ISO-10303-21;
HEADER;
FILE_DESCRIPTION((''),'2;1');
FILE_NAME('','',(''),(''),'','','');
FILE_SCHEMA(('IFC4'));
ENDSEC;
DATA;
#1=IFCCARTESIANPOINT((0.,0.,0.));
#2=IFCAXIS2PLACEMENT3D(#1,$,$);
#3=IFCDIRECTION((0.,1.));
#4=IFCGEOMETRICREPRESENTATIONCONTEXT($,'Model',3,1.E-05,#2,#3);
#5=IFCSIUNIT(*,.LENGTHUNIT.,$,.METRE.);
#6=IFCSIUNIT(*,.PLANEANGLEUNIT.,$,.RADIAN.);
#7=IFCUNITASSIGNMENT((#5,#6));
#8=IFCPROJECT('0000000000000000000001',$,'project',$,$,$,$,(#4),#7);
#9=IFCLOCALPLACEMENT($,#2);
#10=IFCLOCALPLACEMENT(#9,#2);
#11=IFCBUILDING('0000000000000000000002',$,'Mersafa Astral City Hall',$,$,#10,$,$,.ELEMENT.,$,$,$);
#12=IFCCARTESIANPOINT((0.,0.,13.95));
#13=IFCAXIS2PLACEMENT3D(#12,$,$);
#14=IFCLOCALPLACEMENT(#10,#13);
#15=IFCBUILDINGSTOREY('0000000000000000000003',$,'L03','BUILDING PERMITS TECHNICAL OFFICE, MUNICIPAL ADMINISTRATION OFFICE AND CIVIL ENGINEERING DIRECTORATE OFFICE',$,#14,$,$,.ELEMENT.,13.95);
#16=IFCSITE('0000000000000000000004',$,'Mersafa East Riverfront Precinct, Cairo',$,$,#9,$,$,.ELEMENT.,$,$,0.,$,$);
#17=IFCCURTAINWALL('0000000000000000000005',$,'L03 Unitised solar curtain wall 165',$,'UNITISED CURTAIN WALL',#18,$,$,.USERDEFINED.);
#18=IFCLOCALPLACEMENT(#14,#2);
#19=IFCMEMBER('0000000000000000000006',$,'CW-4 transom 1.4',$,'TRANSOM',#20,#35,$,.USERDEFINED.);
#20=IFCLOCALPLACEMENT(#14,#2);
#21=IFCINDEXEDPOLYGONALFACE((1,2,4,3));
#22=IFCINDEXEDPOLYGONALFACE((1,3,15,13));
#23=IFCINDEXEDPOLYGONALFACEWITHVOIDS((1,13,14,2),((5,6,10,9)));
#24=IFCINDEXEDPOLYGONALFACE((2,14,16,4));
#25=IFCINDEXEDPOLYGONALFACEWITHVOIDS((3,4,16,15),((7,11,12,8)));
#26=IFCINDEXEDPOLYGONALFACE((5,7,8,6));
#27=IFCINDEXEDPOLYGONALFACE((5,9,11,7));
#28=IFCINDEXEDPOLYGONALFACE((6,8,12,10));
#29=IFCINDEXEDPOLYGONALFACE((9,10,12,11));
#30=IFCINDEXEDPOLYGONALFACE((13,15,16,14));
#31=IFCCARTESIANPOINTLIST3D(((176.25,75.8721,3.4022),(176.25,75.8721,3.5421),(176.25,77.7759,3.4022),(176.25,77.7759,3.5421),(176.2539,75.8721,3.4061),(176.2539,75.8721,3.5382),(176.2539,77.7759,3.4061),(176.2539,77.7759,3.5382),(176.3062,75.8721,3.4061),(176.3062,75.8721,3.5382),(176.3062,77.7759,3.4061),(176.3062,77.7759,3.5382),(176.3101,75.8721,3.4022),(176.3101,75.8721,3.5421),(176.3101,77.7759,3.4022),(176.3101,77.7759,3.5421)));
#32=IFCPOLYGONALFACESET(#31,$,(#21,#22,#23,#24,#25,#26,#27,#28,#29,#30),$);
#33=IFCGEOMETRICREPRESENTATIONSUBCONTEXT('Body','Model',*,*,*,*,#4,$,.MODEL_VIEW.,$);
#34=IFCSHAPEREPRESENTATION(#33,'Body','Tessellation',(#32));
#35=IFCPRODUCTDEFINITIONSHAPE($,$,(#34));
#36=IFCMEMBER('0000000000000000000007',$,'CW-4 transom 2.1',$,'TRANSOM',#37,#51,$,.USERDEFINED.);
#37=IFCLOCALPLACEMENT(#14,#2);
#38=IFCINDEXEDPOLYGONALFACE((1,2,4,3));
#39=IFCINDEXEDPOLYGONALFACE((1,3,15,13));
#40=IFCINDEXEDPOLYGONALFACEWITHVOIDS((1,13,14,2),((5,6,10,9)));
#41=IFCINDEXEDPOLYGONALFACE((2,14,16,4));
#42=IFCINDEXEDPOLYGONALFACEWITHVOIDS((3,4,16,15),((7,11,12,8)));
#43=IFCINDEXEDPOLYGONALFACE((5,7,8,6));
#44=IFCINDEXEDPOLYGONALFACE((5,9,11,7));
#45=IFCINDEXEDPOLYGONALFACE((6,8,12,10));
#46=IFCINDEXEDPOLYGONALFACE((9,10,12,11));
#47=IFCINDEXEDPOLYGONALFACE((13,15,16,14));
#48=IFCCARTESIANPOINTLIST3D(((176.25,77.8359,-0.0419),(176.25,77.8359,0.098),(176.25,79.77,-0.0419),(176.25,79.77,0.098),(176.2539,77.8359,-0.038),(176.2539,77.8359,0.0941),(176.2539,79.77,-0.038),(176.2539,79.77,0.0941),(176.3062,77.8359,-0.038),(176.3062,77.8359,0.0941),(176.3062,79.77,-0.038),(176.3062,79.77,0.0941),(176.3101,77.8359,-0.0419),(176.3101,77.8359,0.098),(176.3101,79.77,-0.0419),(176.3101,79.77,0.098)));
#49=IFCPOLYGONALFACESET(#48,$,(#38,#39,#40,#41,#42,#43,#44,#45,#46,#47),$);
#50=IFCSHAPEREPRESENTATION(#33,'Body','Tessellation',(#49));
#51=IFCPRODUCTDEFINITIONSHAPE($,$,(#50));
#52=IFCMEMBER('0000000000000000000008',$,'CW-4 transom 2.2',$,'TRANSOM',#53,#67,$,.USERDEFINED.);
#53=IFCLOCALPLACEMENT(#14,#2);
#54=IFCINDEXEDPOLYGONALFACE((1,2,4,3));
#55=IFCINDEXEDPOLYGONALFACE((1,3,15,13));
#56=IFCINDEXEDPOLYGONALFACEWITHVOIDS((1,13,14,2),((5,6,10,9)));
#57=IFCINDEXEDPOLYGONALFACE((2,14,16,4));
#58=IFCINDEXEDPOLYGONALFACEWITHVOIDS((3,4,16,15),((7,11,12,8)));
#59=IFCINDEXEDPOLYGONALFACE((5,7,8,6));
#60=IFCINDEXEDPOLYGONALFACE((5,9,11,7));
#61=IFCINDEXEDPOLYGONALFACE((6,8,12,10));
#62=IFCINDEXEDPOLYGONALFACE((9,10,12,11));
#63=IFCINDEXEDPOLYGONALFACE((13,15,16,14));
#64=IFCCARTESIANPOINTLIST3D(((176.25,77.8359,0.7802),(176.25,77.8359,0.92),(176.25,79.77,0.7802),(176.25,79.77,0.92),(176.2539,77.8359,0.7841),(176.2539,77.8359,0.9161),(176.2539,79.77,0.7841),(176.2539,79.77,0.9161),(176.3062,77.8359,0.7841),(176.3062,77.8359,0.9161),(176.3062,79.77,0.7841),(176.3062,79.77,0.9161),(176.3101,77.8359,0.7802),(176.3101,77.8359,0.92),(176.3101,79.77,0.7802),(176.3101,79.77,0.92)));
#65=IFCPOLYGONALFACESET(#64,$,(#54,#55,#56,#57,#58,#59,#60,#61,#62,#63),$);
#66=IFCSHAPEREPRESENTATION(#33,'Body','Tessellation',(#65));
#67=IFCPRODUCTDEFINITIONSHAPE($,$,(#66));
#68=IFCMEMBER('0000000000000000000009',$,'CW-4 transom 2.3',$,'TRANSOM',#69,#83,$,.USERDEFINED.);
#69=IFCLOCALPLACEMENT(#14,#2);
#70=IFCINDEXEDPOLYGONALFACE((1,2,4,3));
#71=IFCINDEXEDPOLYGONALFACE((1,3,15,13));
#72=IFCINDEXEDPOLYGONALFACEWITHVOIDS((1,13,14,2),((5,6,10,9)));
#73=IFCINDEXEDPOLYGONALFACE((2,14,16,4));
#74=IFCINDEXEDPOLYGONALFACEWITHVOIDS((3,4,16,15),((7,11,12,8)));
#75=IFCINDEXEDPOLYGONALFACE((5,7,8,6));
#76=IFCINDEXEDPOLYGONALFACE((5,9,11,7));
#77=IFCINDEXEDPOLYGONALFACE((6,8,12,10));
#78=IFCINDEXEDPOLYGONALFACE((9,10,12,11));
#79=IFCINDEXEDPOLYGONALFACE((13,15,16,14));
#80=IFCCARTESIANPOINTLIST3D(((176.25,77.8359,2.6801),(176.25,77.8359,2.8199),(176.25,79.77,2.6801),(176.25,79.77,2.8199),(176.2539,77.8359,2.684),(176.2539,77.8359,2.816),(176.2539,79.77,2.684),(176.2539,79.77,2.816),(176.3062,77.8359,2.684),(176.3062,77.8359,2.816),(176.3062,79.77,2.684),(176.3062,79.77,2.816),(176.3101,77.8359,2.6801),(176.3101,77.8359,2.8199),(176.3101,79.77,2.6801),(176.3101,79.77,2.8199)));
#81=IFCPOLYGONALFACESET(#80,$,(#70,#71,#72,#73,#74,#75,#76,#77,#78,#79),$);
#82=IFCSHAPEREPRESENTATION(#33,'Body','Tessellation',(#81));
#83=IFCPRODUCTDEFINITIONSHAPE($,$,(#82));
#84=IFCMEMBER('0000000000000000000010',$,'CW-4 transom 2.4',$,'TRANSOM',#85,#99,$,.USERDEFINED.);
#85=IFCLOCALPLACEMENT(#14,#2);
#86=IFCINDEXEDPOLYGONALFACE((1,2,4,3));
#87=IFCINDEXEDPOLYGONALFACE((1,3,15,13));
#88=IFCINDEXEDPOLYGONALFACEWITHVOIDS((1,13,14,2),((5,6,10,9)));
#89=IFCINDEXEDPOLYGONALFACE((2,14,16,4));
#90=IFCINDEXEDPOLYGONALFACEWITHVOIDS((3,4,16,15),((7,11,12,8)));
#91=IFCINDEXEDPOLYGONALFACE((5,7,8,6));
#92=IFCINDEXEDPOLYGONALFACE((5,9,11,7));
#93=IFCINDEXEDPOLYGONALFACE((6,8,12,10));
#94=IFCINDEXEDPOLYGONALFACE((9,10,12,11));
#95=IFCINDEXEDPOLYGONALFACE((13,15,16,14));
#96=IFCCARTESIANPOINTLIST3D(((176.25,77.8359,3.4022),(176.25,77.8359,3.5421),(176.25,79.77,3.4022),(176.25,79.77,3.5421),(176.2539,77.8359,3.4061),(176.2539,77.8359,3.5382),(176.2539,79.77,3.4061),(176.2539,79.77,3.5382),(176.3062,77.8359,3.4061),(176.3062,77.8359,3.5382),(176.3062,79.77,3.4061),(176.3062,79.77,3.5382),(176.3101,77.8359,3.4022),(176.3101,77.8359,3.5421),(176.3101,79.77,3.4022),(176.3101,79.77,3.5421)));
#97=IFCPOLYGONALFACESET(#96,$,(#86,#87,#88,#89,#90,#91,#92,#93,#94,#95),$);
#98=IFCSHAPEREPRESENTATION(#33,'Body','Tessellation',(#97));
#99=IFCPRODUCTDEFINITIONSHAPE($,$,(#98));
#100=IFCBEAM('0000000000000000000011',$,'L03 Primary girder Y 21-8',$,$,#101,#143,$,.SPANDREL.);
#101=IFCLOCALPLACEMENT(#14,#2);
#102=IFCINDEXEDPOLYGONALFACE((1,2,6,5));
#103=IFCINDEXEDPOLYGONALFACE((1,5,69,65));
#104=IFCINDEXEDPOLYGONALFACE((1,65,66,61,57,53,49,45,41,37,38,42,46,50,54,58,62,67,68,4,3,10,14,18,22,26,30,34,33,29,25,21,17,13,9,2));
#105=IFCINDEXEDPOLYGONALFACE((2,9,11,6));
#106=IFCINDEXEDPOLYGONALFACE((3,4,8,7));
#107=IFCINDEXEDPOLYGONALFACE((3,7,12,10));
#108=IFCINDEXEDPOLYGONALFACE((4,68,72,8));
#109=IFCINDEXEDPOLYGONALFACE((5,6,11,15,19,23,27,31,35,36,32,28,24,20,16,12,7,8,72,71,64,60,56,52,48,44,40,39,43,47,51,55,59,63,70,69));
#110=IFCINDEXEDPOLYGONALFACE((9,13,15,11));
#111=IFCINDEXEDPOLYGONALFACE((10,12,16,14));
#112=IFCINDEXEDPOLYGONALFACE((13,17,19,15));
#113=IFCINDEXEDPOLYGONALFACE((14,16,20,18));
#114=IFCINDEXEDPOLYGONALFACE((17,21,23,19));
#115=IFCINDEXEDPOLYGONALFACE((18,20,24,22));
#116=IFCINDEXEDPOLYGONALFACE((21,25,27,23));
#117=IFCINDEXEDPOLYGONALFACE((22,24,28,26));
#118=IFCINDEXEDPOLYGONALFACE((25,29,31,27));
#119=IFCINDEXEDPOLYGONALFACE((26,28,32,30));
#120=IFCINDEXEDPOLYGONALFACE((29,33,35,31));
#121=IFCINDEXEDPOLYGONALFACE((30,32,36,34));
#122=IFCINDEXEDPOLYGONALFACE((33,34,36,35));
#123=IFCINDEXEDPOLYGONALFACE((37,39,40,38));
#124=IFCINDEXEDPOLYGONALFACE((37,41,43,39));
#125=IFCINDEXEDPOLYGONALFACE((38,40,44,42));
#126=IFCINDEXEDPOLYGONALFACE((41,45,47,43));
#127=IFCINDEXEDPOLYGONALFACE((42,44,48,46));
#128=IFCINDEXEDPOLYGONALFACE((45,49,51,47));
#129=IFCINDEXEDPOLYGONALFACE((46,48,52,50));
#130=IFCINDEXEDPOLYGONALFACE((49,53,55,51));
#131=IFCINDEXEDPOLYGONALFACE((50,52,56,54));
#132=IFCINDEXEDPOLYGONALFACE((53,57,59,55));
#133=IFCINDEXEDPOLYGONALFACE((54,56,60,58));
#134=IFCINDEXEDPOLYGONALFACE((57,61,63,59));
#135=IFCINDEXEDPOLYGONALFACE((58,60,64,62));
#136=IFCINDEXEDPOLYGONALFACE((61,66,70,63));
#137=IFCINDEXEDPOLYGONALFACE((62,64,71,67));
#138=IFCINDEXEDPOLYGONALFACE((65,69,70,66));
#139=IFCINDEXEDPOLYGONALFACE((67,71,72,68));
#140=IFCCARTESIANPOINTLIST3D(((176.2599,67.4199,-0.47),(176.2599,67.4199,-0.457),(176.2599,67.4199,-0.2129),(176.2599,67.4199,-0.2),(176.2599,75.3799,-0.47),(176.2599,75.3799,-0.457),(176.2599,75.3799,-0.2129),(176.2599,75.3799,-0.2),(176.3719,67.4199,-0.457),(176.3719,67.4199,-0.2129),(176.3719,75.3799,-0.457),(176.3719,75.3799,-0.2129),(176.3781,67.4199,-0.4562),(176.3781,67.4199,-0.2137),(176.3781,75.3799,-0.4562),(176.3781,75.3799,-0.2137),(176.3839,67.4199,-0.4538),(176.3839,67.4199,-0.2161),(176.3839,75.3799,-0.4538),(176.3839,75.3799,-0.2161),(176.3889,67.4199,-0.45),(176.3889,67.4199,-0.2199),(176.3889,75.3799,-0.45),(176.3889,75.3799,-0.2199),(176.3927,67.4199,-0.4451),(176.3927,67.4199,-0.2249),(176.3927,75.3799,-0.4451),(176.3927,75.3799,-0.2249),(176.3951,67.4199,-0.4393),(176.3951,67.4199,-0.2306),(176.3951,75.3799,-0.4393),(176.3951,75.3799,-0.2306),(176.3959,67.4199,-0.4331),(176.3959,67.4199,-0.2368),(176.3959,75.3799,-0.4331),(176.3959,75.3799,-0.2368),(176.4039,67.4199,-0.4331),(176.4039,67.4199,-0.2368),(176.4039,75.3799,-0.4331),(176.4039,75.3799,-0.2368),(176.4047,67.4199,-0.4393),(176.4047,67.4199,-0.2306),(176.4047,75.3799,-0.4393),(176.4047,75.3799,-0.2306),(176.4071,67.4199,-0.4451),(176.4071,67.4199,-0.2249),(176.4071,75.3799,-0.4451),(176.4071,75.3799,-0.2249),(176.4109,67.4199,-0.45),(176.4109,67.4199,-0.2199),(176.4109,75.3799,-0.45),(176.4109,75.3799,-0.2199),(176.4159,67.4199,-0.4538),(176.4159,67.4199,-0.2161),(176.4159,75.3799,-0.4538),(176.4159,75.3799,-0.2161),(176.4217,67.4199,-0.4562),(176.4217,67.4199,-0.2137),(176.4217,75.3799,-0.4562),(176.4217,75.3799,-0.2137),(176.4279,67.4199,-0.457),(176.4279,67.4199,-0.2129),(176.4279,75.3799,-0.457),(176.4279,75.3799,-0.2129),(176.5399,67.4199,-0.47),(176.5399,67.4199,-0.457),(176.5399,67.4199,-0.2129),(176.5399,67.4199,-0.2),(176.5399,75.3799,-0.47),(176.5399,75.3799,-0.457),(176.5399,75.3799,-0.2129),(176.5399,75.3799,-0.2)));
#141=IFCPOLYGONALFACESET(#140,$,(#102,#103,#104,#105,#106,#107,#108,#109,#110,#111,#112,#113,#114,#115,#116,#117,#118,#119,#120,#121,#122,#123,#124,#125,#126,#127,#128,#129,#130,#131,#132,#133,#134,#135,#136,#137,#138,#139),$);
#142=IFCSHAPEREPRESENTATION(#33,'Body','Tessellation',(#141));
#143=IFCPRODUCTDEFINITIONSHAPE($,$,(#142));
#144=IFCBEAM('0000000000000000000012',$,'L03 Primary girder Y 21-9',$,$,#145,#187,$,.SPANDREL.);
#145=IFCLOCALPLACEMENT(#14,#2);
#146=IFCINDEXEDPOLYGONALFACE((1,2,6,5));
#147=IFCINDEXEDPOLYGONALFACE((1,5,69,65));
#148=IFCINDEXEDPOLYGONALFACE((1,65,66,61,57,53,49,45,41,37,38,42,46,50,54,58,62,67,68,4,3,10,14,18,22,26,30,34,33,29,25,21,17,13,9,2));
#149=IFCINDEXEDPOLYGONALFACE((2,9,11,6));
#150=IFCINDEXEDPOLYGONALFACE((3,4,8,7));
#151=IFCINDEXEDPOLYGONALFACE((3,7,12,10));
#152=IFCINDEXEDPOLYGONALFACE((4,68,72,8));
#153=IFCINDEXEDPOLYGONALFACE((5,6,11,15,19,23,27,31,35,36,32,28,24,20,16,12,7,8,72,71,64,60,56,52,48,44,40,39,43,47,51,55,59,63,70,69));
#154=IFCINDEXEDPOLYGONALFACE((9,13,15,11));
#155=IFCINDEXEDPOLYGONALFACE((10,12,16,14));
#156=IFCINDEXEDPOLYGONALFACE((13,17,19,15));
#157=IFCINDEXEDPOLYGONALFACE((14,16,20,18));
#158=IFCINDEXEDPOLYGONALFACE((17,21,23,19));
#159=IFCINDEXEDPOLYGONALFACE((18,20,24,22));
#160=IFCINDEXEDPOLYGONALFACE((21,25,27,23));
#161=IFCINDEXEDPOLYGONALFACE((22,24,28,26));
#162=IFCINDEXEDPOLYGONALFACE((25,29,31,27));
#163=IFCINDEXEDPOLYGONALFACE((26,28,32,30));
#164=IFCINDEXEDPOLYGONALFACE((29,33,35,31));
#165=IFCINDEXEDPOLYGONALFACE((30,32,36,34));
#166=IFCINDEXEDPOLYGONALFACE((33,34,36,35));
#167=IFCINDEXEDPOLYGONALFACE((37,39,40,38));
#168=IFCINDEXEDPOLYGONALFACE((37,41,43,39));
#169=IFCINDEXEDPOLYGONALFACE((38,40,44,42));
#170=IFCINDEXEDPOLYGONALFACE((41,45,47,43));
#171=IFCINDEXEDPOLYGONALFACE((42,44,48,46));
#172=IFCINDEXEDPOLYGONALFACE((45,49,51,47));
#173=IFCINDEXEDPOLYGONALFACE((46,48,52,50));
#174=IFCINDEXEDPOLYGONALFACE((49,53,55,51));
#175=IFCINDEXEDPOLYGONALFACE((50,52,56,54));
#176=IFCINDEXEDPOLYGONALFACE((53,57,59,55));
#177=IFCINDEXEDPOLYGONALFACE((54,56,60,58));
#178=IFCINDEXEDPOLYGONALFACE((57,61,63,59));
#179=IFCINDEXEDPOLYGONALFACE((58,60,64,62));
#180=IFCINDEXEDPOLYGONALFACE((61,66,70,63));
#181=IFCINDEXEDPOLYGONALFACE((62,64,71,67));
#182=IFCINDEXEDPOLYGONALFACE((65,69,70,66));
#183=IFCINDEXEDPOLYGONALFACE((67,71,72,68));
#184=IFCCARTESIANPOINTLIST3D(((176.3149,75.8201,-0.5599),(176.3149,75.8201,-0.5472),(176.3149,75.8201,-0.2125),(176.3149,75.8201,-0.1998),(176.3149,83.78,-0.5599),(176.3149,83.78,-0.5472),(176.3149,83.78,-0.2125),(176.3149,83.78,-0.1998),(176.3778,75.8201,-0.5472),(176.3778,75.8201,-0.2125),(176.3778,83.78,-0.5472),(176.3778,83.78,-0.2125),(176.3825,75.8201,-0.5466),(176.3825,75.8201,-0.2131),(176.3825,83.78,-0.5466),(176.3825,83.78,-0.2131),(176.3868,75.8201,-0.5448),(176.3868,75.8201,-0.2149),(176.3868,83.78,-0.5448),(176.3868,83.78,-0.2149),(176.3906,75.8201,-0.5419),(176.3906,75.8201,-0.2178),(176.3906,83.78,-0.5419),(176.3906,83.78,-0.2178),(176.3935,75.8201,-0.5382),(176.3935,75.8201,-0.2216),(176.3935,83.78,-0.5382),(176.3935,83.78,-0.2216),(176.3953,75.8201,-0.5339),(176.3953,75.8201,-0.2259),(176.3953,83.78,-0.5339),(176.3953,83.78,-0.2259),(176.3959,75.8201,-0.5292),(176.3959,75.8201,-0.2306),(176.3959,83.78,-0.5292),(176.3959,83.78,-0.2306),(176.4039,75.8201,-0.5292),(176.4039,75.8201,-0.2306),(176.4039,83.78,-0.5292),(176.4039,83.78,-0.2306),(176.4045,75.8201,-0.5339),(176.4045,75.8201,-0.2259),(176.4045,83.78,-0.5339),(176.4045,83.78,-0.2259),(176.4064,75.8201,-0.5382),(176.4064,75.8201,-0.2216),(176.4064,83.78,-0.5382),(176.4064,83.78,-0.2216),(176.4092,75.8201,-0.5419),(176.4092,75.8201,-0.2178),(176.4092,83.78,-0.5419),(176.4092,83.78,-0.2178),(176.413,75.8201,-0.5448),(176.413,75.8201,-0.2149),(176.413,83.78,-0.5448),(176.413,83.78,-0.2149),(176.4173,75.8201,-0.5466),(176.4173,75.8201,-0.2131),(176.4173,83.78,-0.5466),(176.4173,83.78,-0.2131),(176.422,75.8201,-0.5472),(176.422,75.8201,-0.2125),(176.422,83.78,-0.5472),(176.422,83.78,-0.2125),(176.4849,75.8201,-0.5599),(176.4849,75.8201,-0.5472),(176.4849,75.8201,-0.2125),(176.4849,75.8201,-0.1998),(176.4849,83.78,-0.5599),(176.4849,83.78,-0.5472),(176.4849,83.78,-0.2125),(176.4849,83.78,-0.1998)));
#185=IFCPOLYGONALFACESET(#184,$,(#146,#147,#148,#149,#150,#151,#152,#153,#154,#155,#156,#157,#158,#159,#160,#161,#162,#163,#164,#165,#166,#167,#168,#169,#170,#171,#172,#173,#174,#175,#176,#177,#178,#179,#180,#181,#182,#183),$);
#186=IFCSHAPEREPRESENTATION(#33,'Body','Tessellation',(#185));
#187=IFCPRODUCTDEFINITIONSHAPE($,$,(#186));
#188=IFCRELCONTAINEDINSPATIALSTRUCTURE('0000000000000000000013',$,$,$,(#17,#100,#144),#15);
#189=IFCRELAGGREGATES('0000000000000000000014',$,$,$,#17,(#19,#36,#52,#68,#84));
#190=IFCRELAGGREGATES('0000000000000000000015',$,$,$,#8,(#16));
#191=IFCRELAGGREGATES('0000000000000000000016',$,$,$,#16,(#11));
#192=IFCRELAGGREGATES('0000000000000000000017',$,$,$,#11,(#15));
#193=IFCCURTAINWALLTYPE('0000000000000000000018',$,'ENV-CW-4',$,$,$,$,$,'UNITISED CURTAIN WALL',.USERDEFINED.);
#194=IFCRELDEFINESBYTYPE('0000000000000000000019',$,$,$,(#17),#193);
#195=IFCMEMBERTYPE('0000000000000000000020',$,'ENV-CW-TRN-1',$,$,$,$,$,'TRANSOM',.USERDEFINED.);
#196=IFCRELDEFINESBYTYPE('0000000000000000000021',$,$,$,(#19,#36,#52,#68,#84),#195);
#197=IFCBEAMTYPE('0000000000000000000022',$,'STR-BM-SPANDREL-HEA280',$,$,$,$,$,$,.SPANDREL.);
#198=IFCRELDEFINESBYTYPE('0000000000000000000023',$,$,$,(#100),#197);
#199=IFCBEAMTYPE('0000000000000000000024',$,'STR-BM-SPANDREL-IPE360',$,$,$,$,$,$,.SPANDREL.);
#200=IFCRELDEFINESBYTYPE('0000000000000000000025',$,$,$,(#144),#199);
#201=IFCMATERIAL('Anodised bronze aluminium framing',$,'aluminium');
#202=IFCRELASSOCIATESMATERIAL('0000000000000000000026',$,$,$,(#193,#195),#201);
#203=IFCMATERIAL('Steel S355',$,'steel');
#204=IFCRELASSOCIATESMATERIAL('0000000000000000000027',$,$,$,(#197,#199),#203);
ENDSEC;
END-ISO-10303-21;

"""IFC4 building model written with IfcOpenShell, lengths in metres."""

from ifc_helpers import new_model, si_unit, direction, frame, origin, origin_2d, place, context, subcontext, project, spatial, hollow_rectangle, i_section, extrude, material, material_profile, profile_set, type_object, element, aggregate, save


model = new_model("IFC4")

# Units and contexts
model_context = context("Model", 3, precision=1e-05, world=origin(), true_north=direction((0.0, 1.0)))
body_context = subcontext(model_context, "Body", "Model", "MODEL_VIEW")
ifc_project = project(units=[si_unit("LENGTHUNIT", "METRE"), si_unit("PLANEANGLEUNIT", "RADIAN")], contexts=[model_context])

# Site, building, storey
site_placement = place(None, origin())
site = spatial("IfcSite", under=ifc_project, at=site_placement, Name="Mersafa East Riverfront Precinct, Cairo", CompositionType="ELEMENT", RefElevation=0.0)
building_placement = place(site_placement, origin())
building = spatial("IfcBuilding", under=site, at=building_placement, Name="Mersafa Astral City Hall", CompositionType="ELEMENT")
storey_placement = place(building_placement, frame((0.0, 0.0, 13.95)))
storey = spatial("IfcBuildingStorey", under=building, at=storey_placement, Name="L03", Description="BUILDING PERMITS TECHNICAL OFFICE, MUNICIPAL ADMINISTRATION OFFICE AND CIVIL ENGINEERING DIRECTORATE OFFICE", CompositionType="ELEMENT", Elevation=13.95)

# Shared definitions
ifc_material_1 = material(Name="Steel S355", Category="steel")

# Curtain wall, members
ifc_material_2 = material(Name="Anodised bronze aluminium framing", Category="aluminium")
curtain_wall_type = type_object("IfcCurtainWallType", Name="ENV-CW-4", ElementType="UNITISED CURTAIN WALL", PredefinedType="USERDEFINED", material=ifc_material_2)
curtain_wall_placement = place(storey_placement, origin())
curtain_wall = element("IfcCurtainWall", 1, at=curtain_wall_placement, inside=storey, type_object=curtain_wall_type, Name="L03 Unitised solar curtain wall 165", ObjectType="UNITISED CURTAIN WALL", PredefinedType="USERDEFINED")
ifc_material_profile_1 = material_profile(ifc_material_2, hollow_rectangle(XDim=0.0601, YDim=0.1399, WallThickness=0.0039, at=origin_2d()), Name="RHS 60x140x4")
ifc_profile_set_1 = profile_set([ifc_material_profile_1], Name="Anodised bronze aluminium framing")
member_type_1 = type_object("IfcMemberType", Name="ENV-CW-TRN-1", ElementType="TRANSOM", PredefinedType="USERDEFINED", material=ifc_profile_set_1)
member_1_placement = place(storey_placement, frame((176.28, 75.8721, 3.4722), z_axis=(0.0, 1.0, 0.0), x_axis=(-1.0, 0.0, 0.0)))
member_1 = element("IfcMember", 2, at=member_1_placement, type_object=member_type_1, Name="CW-4 transom 1.4", ObjectType="TRANSOM", PredefinedType="USERDEFINED", context=body_context, shape_type="SweptSolid", body=[
    extrude(hollow_rectangle(XDim=0.0601, YDim=0.1399, WallThickness=0.0039, at=origin_2d()), origin(), (0.0, 0.0, 1.0), 1.9038),
])
member_2_placement = place(storey_placement, frame((176.28, 77.8359, 0.0281), z_axis=(0.0, 1.0, 0.0), x_axis=(-1.0, 0.0, 0.0)))
member_2 = element("IfcMember", 3, at=member_2_placement, type_object=member_type_1, Name="CW-4 transom 2.1", ObjectType="TRANSOM", PredefinedType="USERDEFINED", context=body_context, shape_type="SweptSolid", body=[
    extrude(hollow_rectangle(XDim=0.0601, YDim=0.1399, WallThickness=0.0039, at=origin_2d()), origin(), (0.0, 0.0, 1.0), 1.9341),
])
member_3_placement = place(storey_placement, frame((176.28, 77.8359, 0.8501), z_axis=(0.0, 1.0, 0.0), x_axis=(-1.0, 0.0, 0.0)))
member_3 = element("IfcMember", 4, at=member_3_placement, type_object=member_type_1, Name="CW-4 transom 2.2", ObjectType="TRANSOM", PredefinedType="USERDEFINED", context=body_context, shape_type="SweptSolid", body=[
    extrude(hollow_rectangle(XDim=0.0601, YDim=0.1399, WallThickness=0.0039, at=origin_2d()), origin(), (0.0, 0.0, 1.0), 1.9341),
])
member_4_placement = place(storey_placement, frame((176.28, 77.8359, 2.75), z_axis=(0.0, 1.0, 0.0), x_axis=(-1.0, 0.0, 0.0)))
member_4 = element("IfcMember", 5, at=member_4_placement, type_object=member_type_1, Name="CW-4 transom 2.3", ObjectType="TRANSOM", PredefinedType="USERDEFINED", context=body_context, shape_type="SweptSolid", body=[
    extrude(hollow_rectangle(XDim=0.0601, YDim=0.1399, WallThickness=0.0039, at=origin_2d()), origin(), (0.0, 0.0, 1.0), 1.9341),
])
member_5_placement = place(storey_placement, frame((176.28, 77.8359, 3.4722), z_axis=(0.0, 1.0, 0.0), x_axis=(-1.0, 0.0, 0.0)))
member_5 = element("IfcMember", 6, at=member_5_placement, type_object=member_type_1, Name="CW-4 transom 2.4", ObjectType="TRANSOM", PredefinedType="USERDEFINED", context=body_context, shape_type="SweptSolid", body=[
    extrude(hollow_rectangle(XDim=0.0601, YDim=0.1399, WallThickness=0.0039, at=origin_2d()), origin(), (0.0, 0.0, 1.0), 1.9341),
])

# Beams
ifc_material_profile_2 = material_profile(ifc_material_1, i_section(OverallWidth=0.28, OverallDepth=0.27, WebThickness=0.0081, FlangeThickness=0.0129, FilletRadius=0.0239, at=origin_2d()), Name="HEA 280")
ifc_profile_set_2 = profile_set([ifc_material_profile_2], Name="Steel S355")
beam_type_1 = type_object("IfcBeamType", Name="STR-BM-SPANDREL-HEA280", PredefinedType="SPANDREL", material=ifc_profile_set_2)
beam_1_placement = place(storey_placement, frame((176.3999, 67.4199, -0.335), z_axis=(0.0, 1.0, 0.0), x_axis=(-1.0, 0.0, 0.0)))
element("IfcBeam", 7, at=beam_1_placement, inside=storey, type_object=beam_type_1, Name="L03 Primary girder Y 21-8", PredefinedType="SPANDREL", context=body_context, shape_type="SweptSolid", body=[
    extrude(i_section(OverallWidth=0.28, OverallDepth=0.27, WebThickness=0.0081, FlangeThickness=0.0129, FilletRadius=0.0239, at=origin_2d()), origin(), (0.0, 0.0, 1.0), 7.96),
])
ifc_material_profile_3 = material_profile(ifc_material_1, i_section(OverallWidth=0.1699, OverallDepth=0.3601, WebThickness=0.0081, FlangeThickness=0.0127, FilletRadius=0.0181, at=origin_2d()), Name="IPE 360")
ifc_profile_set_3 = profile_set([ifc_material_profile_3], Name="Steel S355")
beam_type_2 = type_object("IfcBeamType", Name="STR-BM-SPANDREL-IPE360", PredefinedType="SPANDREL", material=ifc_profile_set_3)
beam_2_placement = place(storey_placement, frame((176.3999, 75.8201, -0.3799), z_axis=(0.0, 1.0, 0.0), x_axis=(-1.0, 0.0, 0.0)))
element("IfcBeam", 8, at=beam_2_placement, inside=storey, type_object=beam_type_2, Name="L03 Primary girder Y 21-9", PredefinedType="SPANDREL", context=body_context, shape_type="SweptSolid", body=[
    extrude(i_section(OverallWidth=0.1699, OverallDepth=0.3601, WebThickness=0.0081, FlangeThickness=0.0127, FilletRadius=0.0181, at=origin_2d()), origin(), (0.0, 0.0, 1.0), 7.96),
])

aggregate(curtain_wall, [member_1, member_2, member_3, member_4, member_5])

save(model, "model.ifc")
